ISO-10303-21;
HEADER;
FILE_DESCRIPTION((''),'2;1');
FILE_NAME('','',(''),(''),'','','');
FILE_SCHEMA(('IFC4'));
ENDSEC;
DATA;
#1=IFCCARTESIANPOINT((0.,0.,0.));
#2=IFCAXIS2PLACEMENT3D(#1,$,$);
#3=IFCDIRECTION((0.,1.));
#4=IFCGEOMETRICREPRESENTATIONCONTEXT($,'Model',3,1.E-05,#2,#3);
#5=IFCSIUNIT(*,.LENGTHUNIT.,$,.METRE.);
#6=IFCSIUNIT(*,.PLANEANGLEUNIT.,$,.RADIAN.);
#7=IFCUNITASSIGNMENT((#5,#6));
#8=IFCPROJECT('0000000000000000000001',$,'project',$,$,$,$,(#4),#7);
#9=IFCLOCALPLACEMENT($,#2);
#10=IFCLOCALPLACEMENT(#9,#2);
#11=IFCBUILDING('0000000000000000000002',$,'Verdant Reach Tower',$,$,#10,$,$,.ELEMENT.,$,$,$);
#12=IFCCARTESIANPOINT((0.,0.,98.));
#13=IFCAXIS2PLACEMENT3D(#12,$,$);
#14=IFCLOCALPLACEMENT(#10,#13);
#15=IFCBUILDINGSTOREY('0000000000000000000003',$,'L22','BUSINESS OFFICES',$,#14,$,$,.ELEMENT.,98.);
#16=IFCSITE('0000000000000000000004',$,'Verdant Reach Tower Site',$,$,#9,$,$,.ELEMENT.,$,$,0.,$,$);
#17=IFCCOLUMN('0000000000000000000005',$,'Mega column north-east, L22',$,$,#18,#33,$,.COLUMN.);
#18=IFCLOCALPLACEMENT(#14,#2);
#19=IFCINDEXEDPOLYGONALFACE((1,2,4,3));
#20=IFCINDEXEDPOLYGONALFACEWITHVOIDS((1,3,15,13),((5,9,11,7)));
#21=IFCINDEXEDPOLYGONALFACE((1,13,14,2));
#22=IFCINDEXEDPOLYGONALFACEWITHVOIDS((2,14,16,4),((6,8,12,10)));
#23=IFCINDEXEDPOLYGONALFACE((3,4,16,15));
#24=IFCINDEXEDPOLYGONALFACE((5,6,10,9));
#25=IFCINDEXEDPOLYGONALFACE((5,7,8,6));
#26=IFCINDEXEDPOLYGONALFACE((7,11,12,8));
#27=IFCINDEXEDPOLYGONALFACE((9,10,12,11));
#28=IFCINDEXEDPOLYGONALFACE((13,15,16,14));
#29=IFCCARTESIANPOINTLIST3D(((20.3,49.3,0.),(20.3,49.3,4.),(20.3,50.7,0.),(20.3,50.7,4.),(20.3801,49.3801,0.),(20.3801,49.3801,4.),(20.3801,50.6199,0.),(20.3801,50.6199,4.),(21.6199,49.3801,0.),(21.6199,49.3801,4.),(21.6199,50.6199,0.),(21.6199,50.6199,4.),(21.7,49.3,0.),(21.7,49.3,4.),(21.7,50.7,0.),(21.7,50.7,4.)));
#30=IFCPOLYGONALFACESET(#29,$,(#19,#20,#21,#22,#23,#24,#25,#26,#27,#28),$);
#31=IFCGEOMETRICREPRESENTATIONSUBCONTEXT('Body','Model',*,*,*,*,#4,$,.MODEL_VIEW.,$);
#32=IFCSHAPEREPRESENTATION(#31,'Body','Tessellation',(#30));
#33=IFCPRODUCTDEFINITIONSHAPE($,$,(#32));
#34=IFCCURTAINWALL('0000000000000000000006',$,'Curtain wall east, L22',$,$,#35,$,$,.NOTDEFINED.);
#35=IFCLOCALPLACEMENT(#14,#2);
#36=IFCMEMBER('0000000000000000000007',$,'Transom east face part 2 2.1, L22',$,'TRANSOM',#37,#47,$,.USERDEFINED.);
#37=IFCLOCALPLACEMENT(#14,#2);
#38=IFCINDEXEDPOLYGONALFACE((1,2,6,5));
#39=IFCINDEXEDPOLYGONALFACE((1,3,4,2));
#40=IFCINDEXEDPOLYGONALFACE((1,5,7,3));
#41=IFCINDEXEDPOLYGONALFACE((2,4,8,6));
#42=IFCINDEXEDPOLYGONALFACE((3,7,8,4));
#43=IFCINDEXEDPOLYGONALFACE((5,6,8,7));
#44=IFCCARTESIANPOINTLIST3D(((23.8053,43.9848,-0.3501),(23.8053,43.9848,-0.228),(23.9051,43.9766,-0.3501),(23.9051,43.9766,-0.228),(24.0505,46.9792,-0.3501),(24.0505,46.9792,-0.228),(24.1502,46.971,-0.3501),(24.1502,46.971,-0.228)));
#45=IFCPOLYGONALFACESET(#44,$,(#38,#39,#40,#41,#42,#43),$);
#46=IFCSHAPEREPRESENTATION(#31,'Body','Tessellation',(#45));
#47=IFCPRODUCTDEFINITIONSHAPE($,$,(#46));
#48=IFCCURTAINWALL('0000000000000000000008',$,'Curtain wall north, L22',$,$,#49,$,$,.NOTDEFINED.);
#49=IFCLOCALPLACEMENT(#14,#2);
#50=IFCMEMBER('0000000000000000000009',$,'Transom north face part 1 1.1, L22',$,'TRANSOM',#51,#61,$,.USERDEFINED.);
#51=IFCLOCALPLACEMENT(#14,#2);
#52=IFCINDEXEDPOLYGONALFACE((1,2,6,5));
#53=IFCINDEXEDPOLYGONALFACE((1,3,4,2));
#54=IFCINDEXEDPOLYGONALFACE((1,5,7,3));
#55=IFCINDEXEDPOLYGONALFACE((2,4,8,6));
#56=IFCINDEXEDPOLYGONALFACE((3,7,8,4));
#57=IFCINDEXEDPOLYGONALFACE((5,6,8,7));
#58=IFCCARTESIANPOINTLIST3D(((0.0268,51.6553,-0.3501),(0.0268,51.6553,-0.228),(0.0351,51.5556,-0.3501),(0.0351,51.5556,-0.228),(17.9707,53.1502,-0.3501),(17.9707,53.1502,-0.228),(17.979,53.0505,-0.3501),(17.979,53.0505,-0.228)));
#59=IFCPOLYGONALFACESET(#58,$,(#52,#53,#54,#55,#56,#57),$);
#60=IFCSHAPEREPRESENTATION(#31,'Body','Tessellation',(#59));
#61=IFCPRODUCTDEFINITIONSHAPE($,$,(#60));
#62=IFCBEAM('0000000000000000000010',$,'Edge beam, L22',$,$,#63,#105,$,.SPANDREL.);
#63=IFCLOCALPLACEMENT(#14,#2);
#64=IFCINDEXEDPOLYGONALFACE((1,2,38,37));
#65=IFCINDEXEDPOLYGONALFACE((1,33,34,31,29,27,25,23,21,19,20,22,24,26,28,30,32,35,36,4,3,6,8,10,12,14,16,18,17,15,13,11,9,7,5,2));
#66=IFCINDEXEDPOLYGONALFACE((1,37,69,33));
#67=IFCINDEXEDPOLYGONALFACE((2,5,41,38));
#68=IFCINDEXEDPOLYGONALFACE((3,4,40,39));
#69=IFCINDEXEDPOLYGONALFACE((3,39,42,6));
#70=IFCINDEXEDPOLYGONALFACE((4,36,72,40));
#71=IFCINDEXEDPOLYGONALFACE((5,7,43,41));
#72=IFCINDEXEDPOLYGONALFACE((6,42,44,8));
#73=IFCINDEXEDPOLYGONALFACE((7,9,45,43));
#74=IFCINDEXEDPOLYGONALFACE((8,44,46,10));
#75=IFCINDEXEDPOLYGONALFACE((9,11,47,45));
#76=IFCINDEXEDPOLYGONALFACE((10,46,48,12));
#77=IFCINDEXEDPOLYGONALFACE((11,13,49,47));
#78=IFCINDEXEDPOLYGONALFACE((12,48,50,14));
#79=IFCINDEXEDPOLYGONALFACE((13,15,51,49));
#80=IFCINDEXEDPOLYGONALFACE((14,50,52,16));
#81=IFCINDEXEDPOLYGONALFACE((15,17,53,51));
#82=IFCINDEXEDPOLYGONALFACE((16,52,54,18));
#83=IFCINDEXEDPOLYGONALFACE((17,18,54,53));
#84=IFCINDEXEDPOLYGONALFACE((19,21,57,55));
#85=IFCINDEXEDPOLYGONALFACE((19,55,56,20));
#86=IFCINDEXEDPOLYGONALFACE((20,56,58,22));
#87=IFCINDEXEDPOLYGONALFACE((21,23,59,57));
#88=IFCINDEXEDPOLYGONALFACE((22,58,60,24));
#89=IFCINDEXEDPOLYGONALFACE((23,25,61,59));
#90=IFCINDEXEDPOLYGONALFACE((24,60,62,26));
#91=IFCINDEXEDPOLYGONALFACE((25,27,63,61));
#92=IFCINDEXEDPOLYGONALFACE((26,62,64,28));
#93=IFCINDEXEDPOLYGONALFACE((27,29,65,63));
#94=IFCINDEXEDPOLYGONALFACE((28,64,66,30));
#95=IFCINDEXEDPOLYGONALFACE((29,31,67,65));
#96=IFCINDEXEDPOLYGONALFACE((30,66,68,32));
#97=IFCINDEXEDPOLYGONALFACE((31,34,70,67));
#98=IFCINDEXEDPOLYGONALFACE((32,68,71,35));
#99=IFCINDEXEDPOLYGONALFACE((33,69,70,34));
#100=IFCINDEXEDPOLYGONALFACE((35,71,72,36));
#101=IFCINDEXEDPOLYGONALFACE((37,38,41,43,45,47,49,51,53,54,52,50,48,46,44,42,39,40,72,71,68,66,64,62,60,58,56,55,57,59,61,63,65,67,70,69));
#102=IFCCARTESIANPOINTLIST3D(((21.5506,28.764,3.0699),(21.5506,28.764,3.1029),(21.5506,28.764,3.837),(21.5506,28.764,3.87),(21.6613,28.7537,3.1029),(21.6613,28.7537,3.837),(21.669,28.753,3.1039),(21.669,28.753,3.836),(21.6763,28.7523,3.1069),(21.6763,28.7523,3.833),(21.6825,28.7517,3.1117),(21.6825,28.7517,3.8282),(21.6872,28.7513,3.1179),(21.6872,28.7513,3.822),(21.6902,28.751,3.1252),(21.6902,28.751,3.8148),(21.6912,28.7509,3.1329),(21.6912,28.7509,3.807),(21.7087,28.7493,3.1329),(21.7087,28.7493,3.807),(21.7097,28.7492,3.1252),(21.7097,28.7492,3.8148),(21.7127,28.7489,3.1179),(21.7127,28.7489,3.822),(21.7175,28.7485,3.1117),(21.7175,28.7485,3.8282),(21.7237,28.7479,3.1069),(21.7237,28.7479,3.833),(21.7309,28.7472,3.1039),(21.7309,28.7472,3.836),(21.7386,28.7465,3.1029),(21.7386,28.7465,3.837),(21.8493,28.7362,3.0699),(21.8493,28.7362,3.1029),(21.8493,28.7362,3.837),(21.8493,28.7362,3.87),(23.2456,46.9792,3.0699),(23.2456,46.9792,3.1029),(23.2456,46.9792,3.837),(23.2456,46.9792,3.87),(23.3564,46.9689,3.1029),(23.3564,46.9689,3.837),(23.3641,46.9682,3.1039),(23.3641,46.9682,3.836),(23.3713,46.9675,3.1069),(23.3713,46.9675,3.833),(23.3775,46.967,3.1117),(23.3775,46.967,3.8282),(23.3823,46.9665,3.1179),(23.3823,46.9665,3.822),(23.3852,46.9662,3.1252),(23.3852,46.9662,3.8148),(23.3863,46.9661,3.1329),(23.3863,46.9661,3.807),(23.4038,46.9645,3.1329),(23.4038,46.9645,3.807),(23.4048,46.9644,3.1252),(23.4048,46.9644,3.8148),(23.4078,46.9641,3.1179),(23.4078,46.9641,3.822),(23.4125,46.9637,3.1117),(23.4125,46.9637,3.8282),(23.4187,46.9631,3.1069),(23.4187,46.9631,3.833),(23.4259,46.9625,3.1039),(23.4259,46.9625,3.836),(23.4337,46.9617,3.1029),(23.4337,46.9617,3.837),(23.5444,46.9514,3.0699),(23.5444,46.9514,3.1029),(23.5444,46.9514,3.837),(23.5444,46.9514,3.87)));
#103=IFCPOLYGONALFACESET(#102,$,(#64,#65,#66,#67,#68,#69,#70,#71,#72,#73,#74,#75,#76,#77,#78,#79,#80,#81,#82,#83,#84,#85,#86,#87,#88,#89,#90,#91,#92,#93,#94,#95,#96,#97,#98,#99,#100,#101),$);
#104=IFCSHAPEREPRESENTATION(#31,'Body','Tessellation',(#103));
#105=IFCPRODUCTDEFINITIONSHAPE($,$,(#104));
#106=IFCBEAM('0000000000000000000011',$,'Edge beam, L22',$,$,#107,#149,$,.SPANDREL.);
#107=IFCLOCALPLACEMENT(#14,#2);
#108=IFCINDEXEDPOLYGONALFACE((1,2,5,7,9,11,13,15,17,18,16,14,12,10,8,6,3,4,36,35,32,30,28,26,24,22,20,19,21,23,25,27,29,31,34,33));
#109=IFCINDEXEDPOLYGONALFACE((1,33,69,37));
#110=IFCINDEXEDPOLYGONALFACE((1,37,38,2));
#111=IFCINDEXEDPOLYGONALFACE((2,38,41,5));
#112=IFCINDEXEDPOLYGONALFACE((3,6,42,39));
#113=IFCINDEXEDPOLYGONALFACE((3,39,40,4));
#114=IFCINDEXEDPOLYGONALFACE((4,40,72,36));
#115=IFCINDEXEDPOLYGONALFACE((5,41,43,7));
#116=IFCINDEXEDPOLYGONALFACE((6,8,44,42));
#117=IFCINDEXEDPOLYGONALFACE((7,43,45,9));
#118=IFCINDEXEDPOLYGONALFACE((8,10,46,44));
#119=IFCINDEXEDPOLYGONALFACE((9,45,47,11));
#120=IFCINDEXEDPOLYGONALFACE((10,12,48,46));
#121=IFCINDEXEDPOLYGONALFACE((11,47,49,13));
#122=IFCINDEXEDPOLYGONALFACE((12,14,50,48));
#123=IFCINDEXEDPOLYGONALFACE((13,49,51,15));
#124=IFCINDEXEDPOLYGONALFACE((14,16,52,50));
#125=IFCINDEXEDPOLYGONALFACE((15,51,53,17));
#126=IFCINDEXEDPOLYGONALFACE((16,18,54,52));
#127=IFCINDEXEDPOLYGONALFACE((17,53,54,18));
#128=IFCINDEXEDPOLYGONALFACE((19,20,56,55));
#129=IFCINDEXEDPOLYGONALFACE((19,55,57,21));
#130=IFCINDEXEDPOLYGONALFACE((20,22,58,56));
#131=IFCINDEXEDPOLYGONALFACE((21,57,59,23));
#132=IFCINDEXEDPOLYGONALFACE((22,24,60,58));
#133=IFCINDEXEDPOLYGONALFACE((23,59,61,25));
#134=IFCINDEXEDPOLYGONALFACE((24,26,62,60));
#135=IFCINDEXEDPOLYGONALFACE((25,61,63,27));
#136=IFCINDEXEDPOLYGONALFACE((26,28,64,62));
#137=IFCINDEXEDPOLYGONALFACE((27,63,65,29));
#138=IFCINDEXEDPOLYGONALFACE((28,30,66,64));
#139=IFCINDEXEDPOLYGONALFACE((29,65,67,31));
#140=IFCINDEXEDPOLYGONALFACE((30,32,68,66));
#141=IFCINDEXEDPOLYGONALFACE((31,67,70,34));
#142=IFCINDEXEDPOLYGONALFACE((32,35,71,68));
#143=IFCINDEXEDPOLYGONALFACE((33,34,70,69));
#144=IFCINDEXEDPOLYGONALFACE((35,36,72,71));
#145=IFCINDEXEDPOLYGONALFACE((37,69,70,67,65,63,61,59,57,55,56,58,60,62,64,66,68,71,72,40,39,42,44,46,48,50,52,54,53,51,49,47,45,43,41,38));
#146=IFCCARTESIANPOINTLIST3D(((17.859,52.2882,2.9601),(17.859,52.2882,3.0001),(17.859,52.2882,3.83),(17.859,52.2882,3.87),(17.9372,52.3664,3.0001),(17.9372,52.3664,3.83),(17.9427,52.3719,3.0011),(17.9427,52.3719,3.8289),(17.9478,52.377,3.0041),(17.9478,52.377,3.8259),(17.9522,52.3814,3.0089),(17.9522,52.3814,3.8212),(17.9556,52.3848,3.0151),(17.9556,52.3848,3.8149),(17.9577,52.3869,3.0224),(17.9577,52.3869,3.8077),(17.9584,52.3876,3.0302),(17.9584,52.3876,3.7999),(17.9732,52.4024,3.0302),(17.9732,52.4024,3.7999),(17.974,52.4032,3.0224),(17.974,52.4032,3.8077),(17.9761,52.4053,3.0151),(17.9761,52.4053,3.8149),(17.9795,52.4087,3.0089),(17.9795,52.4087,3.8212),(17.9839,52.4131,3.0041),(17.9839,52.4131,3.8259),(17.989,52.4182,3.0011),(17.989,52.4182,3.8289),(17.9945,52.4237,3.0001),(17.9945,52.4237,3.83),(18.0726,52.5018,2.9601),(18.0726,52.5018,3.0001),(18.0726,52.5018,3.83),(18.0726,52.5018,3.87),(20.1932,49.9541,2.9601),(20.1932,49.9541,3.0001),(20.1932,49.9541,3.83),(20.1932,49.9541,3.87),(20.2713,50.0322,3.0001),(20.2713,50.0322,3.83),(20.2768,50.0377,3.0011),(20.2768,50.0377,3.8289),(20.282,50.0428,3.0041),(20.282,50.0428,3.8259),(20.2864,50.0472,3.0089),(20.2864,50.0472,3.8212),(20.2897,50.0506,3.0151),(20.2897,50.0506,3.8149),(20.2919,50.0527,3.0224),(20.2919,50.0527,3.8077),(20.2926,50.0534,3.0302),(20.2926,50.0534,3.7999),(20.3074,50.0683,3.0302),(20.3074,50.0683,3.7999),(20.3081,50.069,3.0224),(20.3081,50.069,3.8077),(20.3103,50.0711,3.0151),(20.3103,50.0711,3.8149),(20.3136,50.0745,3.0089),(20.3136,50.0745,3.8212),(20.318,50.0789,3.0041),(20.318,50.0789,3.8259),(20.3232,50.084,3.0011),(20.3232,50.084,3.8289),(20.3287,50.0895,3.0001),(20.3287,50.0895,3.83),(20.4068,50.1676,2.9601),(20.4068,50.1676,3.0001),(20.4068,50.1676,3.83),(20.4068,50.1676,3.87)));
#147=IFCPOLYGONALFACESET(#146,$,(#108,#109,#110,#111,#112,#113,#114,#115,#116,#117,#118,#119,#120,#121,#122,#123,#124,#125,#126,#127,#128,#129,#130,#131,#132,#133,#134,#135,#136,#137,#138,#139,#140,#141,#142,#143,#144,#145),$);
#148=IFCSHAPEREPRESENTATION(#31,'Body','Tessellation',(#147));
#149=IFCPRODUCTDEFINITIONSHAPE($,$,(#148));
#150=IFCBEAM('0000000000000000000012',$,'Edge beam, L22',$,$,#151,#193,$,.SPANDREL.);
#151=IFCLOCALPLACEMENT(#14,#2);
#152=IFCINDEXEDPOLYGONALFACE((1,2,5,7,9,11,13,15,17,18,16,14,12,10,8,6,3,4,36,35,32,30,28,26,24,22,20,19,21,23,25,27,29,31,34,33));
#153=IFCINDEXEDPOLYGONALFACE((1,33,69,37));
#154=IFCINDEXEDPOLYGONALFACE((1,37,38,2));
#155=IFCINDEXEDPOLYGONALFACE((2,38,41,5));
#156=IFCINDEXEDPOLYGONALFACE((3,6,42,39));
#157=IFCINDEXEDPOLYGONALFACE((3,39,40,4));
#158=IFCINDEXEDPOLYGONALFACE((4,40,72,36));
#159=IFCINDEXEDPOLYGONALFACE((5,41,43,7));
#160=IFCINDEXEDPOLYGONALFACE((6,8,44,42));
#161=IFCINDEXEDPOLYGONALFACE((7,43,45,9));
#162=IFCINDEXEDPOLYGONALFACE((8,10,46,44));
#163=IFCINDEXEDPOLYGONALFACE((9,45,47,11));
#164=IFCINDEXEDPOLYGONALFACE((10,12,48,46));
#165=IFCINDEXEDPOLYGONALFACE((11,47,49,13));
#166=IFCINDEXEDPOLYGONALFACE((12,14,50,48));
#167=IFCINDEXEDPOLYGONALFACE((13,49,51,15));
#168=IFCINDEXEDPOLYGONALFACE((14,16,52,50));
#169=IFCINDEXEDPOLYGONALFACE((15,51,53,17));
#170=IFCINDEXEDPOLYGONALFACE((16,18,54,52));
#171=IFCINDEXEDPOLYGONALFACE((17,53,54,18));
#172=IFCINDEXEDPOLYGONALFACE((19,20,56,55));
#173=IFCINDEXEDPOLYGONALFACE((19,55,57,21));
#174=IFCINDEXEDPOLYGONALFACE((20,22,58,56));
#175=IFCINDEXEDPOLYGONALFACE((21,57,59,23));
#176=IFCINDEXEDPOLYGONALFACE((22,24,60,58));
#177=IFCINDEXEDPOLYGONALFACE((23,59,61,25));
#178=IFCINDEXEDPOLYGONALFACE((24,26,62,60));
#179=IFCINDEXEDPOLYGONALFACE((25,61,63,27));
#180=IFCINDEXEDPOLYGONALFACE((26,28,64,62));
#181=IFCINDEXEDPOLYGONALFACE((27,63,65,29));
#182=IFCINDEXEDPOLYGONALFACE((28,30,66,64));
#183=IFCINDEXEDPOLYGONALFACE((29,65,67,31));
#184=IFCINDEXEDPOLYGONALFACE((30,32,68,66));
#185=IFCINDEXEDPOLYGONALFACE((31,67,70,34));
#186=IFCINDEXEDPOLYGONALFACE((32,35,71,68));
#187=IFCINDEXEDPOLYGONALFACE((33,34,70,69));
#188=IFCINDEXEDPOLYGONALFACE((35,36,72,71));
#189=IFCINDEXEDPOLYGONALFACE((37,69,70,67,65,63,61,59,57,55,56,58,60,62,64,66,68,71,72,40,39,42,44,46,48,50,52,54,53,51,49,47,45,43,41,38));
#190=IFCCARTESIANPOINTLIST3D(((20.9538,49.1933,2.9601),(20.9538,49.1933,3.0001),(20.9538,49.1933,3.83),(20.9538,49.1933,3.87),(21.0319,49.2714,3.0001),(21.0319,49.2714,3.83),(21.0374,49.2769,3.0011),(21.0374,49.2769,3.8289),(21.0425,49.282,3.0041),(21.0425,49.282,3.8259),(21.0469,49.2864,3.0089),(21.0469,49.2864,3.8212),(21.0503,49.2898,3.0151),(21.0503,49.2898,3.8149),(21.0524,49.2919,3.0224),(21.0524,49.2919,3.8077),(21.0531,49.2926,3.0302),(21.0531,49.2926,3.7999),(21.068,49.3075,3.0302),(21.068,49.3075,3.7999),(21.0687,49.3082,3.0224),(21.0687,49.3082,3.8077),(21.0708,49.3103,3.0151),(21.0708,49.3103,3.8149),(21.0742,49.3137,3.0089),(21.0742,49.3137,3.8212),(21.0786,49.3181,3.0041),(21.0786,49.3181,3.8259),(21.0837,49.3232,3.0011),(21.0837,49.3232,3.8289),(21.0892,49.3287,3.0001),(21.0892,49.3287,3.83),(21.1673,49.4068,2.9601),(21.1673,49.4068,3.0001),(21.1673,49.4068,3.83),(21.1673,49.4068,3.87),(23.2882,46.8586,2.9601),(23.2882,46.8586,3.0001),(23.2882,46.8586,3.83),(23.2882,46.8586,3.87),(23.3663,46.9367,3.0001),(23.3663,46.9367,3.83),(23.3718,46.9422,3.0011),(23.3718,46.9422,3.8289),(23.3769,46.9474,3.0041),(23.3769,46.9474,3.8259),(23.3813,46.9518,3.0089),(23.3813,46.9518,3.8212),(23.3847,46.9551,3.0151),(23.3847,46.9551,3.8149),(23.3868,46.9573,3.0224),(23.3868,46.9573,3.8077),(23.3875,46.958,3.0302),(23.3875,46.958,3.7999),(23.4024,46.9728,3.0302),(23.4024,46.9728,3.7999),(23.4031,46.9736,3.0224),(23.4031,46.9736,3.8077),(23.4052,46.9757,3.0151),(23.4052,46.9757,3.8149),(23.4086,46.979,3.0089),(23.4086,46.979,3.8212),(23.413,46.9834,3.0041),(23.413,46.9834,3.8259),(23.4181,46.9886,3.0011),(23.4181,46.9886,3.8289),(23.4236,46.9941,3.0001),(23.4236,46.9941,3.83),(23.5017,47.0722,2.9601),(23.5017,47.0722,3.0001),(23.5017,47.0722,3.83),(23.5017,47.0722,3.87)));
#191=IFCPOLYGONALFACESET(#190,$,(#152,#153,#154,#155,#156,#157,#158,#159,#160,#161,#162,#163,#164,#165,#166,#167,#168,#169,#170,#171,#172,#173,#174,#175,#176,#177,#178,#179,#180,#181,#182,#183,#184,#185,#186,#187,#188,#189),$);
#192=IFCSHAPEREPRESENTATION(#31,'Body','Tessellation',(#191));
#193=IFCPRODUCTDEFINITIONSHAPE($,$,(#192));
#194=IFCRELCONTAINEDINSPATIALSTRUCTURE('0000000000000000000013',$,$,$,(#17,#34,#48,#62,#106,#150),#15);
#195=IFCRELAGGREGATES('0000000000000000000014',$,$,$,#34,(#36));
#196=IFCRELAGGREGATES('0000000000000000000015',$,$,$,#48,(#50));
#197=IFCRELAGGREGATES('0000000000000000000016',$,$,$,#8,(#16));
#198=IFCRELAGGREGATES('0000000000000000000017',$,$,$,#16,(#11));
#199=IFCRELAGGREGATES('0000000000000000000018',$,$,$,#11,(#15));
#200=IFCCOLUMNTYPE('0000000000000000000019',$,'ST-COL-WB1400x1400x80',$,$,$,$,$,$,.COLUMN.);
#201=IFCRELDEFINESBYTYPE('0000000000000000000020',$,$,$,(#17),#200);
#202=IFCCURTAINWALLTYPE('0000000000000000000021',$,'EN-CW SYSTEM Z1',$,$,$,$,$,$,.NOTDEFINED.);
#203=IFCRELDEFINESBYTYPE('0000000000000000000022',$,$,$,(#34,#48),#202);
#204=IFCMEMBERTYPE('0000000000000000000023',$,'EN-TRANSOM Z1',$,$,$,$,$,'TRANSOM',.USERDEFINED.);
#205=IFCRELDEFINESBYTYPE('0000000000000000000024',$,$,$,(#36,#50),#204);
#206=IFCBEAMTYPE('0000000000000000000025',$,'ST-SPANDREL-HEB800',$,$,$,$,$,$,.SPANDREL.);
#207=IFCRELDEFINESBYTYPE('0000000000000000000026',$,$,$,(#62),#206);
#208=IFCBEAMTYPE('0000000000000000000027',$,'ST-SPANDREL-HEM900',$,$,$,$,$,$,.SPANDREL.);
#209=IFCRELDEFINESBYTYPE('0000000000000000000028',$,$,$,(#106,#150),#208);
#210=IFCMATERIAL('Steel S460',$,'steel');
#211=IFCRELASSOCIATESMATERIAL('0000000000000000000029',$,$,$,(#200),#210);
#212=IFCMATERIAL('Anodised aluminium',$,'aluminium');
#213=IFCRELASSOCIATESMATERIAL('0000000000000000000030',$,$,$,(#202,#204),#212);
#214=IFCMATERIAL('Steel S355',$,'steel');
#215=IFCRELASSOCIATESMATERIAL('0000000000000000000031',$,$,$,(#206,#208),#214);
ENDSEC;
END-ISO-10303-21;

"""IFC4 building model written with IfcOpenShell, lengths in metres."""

from ifc_helpers import new_model, si_unit, direction, frame, origin, origin_2d, place, context, subcontext, project, spatial, rectangle, hollow_rectangle, i_section, extrude, material, material_profile, profile_set, type_object, element, aggregate, save


model = new_model("IFC4")

# Units and contexts
model_context = context("Model", 3, precision=1e-05, world=origin(), true_north=direction((0.0, 1.0)))
body_context = subcontext(model_context, "Body", "Model", "MODEL_VIEW")
ifc_project = project(units=[si_unit("LENGTHUNIT", "METRE"), si_unit("PLANEANGLEUNIT", "RADIAN")], contexts=[model_context])

# Site, building, storey
site_placement = place(None, origin())
site = spatial("IfcSite", under=ifc_project, at=site_placement, Name="Verdant Reach Tower Site", CompositionType="ELEMENT", RefElevation=0.0)
building_placement = place(site_placement, origin())
building = spatial("IfcBuilding", under=site, at=building_placement, Name="Verdant Reach Tower", CompositionType="ELEMENT")
storey_placement = place(building_placement, frame((0.0, 0.0, 98.0)))
storey = spatial("IfcBuildingStorey", under=building, at=storey_placement, Name="L22", Description="BUSINESS OFFICES", CompositionType="ELEMENT", Elevation=98.0)

# Column
ifc_material_1 = material(Name="Steel S460", Category="steel")
ifc_material_profile_1 = material_profile(ifc_material_1, hollow_rectangle(XDim=1.3999, YDim=1.3999, WallThickness=0.0801, at=origin_2d()), Name="WB 1400x1400x80")
ifc_profile_set_1 = profile_set([ifc_material_profile_1], Name="Steel S460")
column_type = type_object("IfcColumnType", Name="ST-COL-WB1400x1400x80", PredefinedType="COLUMN", material=ifc_profile_set_1)
column_placement = place(storey_placement, frame((21.0, 50.0, 0.0), z_axis=(0.0, 0.0, 1.0), x_axis=(1.0, 0.0, 0.0)))
element("IfcColumn", 1, at=column_placement, inside=storey, type_object=column_type, Name="Mega column north-east, L22", PredefinedType="COLUMN", context=body_context, shape_type="SweptSolid", body=[
    extrude(hollow_rectangle(XDim=1.3999, YDim=1.3999, WallThickness=0.0801, at=origin_2d()), origin(), (0.0, 0.0, 1.0), 4.0),
])

# Curtain walls, members
ifc_material_2 = material(Name="Anodised aluminium", Category="aluminium")
curtain_wall_type = type_object("IfcCurtainWallType", Name="EN-CW SYSTEM Z1", PredefinedType="NOTDEFINED", material=ifc_material_2)
curtain_wall_1_placement = place(storey_placement, origin())
curtain_wall_1 = element("IfcCurtainWall", 2, at=curtain_wall_1_placement, inside=storey, type_object=curtain_wall_type, Name="Curtain wall east, L22", PredefinedType="NOTDEFINED")
ifc_material_profile_2 = material_profile(ifc_material_2, rectangle(XDim=0.1001, YDim=0.1221, at=origin_2d()), Name="Transom 122x100")
ifc_profile_set_2 = profile_set([ifc_material_profile_2], Name="Anodised aluminium")
member_type = type_object("IfcMemberType", Name="EN-TRANSOM Z1", ElementType="TRANSOM", PredefinedType="USERDEFINED", material=ifc_profile_set_2)
member_1_placement = place(storey_placement, frame((23.8552, 43.9807, -0.2891), z_axis=(0.081586, 0.996666, 0.0), x_axis=(-0.996666, 0.081586, 0.0)))
member_1 = element("IfcMember", 3, at=member_1_placement, type_object=member_type, Name="Transom east face part 2 2.1, L22", ObjectType="TRANSOM", PredefinedType="USERDEFINED", context=body_context, shape_type="SweptSolid", body=[
    extrude(rectangle(XDim=0.1001, YDim=0.1221, at=origin_2d()), origin(), (0.0, 0.0, 1.0), 3.0044),
])
curtain_wall_2_placement = place(storey_placement, origin())
curtain_wall_2 = element("IfcCurtainWall", 4, at=curtain_wall_2_placement, inside=storey, type_object=curtain_wall_type, Name="Curtain wall north, L22", PredefinedType="NOTDEFINED")
member_2_placement = place(storey_placement, frame((17.9749, 53.1003, -0.2891), z_axis=(-0.996548, -0.083021, 0.0), x_axis=(0.083021, -0.996548, 0.0)))
member_2 = element("IfcMember", 5, at=member_2_placement, type_object=member_type, Name="Transom north face part 1 1.1, L22", ObjectType="TRANSOM", PredefinedType="USERDEFINED", context=body_context, shape_type="SweptSolid", body=[
    extrude(rectangle(XDim=0.1001, YDim=0.1221, at=origin_2d()), origin(), (0.0, 0.0, 1.0), 18.0061),
])

# Beams
ifc_material_3 = material(Name="Steel S355", Category="steel")
ifc_material_profile_3 = material_profile(ifc_material_3, i_section(OverallWidth=0.3, OverallDepth=0.8, WebThickness=0.0176, FlangeThickness=0.033, FilletRadius=0.03, at=origin_2d()), Name="HEB 800")
ifc_profile_set_3 = profile_set([ifc_material_profile_3], Name="Steel S355")
beam_type_1 = type_object("IfcBeamType", Name="ST-SPANDREL-HEB800", PredefinedType="SPANDREL", material=ifc_profile_set_3)
beam_1_placement = place(storey_placement, frame((23.395, 46.9653, 3.47), z_axis=(-0.092657, -0.995698, 0.0), x_axis=(0.995698, -0.092657, 0.0)))
element("IfcBeam", 6, at=beam_1_placement, inside=storey, type_object=beam_type_1, Name="Edge beam, L22", PredefinedType="SPANDREL", context=body_context, shape_type="SweptSolid", body=[
    extrude(i_section(OverallWidth=0.3, OverallDepth=0.8, WebThickness=0.0176, FlangeThickness=0.033, FilletRadius=0.03, at=origin_2d()), origin(), (0.0, 0.0, 1.0), 18.2939),
])
ifc_material_profile_4 = material_profile(ifc_material_3, i_section(OverallWidth=0.302, OverallDepth=0.9099, WebThickness=0.021, FlangeThickness=0.04, FilletRadius=0.03, at=origin_2d()), Name="HEM 900")
ifc_profile_set_4 = profile_set([ifc_material_profile_4], Name="Steel S355")
beam_type_2 = type_object("IfcBeamType", Name="ST-SPANDREL-HEM900", PredefinedType="SPANDREL", material=ifc_profile_set_4)
beam_2_placement = place(storey_placement, frame((17.9658, 52.395, 3.415), z_axis=(0.707107, -0.707107, 0.0), x_axis=(0.707107, 0.707107, 0.0)))
element("IfcBeam", 7, at=beam_2_placement, inside=storey, type_object=beam_type_2, Name="Edge beam, L22", PredefinedType="SPANDREL", context=body_context, shape_type="SweptSolid", body=[
    extrude(i_section(OverallWidth=0.302, OverallDepth=0.9099, WebThickness=0.021, FlangeThickness=0.04, FilletRadius=0.03, at=origin_2d()), origin(), (0.0, 0.0, 1.0), 3.301),
])
beam_3_placement = place(storey_placement, frame((21.0605, 49.3, 3.415), z_axis=(0.70707, -0.707144, 0.0), x_axis=(0.707144, 0.70707, 0.0)))
element("IfcBeam", 8, at=beam_3_placement, inside=storey, type_object=beam_type_2, Name="Edge beam, L22", PredefinedType="SPANDREL", context=body_context, shape_type="SweptSolid", body=[
    extrude(i_section(OverallWidth=0.302, OverallDepth=0.9099, WebThickness=0.021, FlangeThickness=0.04, FilletRadius=0.03, at=origin_2d()), origin(), (0.0, 0.0, 1.0), 3.3015),
])

aggregate(curtain_wall_1, [member_1])

aggregate(curtain_wall_2, [member_2])

save(model, "model.ifc")
